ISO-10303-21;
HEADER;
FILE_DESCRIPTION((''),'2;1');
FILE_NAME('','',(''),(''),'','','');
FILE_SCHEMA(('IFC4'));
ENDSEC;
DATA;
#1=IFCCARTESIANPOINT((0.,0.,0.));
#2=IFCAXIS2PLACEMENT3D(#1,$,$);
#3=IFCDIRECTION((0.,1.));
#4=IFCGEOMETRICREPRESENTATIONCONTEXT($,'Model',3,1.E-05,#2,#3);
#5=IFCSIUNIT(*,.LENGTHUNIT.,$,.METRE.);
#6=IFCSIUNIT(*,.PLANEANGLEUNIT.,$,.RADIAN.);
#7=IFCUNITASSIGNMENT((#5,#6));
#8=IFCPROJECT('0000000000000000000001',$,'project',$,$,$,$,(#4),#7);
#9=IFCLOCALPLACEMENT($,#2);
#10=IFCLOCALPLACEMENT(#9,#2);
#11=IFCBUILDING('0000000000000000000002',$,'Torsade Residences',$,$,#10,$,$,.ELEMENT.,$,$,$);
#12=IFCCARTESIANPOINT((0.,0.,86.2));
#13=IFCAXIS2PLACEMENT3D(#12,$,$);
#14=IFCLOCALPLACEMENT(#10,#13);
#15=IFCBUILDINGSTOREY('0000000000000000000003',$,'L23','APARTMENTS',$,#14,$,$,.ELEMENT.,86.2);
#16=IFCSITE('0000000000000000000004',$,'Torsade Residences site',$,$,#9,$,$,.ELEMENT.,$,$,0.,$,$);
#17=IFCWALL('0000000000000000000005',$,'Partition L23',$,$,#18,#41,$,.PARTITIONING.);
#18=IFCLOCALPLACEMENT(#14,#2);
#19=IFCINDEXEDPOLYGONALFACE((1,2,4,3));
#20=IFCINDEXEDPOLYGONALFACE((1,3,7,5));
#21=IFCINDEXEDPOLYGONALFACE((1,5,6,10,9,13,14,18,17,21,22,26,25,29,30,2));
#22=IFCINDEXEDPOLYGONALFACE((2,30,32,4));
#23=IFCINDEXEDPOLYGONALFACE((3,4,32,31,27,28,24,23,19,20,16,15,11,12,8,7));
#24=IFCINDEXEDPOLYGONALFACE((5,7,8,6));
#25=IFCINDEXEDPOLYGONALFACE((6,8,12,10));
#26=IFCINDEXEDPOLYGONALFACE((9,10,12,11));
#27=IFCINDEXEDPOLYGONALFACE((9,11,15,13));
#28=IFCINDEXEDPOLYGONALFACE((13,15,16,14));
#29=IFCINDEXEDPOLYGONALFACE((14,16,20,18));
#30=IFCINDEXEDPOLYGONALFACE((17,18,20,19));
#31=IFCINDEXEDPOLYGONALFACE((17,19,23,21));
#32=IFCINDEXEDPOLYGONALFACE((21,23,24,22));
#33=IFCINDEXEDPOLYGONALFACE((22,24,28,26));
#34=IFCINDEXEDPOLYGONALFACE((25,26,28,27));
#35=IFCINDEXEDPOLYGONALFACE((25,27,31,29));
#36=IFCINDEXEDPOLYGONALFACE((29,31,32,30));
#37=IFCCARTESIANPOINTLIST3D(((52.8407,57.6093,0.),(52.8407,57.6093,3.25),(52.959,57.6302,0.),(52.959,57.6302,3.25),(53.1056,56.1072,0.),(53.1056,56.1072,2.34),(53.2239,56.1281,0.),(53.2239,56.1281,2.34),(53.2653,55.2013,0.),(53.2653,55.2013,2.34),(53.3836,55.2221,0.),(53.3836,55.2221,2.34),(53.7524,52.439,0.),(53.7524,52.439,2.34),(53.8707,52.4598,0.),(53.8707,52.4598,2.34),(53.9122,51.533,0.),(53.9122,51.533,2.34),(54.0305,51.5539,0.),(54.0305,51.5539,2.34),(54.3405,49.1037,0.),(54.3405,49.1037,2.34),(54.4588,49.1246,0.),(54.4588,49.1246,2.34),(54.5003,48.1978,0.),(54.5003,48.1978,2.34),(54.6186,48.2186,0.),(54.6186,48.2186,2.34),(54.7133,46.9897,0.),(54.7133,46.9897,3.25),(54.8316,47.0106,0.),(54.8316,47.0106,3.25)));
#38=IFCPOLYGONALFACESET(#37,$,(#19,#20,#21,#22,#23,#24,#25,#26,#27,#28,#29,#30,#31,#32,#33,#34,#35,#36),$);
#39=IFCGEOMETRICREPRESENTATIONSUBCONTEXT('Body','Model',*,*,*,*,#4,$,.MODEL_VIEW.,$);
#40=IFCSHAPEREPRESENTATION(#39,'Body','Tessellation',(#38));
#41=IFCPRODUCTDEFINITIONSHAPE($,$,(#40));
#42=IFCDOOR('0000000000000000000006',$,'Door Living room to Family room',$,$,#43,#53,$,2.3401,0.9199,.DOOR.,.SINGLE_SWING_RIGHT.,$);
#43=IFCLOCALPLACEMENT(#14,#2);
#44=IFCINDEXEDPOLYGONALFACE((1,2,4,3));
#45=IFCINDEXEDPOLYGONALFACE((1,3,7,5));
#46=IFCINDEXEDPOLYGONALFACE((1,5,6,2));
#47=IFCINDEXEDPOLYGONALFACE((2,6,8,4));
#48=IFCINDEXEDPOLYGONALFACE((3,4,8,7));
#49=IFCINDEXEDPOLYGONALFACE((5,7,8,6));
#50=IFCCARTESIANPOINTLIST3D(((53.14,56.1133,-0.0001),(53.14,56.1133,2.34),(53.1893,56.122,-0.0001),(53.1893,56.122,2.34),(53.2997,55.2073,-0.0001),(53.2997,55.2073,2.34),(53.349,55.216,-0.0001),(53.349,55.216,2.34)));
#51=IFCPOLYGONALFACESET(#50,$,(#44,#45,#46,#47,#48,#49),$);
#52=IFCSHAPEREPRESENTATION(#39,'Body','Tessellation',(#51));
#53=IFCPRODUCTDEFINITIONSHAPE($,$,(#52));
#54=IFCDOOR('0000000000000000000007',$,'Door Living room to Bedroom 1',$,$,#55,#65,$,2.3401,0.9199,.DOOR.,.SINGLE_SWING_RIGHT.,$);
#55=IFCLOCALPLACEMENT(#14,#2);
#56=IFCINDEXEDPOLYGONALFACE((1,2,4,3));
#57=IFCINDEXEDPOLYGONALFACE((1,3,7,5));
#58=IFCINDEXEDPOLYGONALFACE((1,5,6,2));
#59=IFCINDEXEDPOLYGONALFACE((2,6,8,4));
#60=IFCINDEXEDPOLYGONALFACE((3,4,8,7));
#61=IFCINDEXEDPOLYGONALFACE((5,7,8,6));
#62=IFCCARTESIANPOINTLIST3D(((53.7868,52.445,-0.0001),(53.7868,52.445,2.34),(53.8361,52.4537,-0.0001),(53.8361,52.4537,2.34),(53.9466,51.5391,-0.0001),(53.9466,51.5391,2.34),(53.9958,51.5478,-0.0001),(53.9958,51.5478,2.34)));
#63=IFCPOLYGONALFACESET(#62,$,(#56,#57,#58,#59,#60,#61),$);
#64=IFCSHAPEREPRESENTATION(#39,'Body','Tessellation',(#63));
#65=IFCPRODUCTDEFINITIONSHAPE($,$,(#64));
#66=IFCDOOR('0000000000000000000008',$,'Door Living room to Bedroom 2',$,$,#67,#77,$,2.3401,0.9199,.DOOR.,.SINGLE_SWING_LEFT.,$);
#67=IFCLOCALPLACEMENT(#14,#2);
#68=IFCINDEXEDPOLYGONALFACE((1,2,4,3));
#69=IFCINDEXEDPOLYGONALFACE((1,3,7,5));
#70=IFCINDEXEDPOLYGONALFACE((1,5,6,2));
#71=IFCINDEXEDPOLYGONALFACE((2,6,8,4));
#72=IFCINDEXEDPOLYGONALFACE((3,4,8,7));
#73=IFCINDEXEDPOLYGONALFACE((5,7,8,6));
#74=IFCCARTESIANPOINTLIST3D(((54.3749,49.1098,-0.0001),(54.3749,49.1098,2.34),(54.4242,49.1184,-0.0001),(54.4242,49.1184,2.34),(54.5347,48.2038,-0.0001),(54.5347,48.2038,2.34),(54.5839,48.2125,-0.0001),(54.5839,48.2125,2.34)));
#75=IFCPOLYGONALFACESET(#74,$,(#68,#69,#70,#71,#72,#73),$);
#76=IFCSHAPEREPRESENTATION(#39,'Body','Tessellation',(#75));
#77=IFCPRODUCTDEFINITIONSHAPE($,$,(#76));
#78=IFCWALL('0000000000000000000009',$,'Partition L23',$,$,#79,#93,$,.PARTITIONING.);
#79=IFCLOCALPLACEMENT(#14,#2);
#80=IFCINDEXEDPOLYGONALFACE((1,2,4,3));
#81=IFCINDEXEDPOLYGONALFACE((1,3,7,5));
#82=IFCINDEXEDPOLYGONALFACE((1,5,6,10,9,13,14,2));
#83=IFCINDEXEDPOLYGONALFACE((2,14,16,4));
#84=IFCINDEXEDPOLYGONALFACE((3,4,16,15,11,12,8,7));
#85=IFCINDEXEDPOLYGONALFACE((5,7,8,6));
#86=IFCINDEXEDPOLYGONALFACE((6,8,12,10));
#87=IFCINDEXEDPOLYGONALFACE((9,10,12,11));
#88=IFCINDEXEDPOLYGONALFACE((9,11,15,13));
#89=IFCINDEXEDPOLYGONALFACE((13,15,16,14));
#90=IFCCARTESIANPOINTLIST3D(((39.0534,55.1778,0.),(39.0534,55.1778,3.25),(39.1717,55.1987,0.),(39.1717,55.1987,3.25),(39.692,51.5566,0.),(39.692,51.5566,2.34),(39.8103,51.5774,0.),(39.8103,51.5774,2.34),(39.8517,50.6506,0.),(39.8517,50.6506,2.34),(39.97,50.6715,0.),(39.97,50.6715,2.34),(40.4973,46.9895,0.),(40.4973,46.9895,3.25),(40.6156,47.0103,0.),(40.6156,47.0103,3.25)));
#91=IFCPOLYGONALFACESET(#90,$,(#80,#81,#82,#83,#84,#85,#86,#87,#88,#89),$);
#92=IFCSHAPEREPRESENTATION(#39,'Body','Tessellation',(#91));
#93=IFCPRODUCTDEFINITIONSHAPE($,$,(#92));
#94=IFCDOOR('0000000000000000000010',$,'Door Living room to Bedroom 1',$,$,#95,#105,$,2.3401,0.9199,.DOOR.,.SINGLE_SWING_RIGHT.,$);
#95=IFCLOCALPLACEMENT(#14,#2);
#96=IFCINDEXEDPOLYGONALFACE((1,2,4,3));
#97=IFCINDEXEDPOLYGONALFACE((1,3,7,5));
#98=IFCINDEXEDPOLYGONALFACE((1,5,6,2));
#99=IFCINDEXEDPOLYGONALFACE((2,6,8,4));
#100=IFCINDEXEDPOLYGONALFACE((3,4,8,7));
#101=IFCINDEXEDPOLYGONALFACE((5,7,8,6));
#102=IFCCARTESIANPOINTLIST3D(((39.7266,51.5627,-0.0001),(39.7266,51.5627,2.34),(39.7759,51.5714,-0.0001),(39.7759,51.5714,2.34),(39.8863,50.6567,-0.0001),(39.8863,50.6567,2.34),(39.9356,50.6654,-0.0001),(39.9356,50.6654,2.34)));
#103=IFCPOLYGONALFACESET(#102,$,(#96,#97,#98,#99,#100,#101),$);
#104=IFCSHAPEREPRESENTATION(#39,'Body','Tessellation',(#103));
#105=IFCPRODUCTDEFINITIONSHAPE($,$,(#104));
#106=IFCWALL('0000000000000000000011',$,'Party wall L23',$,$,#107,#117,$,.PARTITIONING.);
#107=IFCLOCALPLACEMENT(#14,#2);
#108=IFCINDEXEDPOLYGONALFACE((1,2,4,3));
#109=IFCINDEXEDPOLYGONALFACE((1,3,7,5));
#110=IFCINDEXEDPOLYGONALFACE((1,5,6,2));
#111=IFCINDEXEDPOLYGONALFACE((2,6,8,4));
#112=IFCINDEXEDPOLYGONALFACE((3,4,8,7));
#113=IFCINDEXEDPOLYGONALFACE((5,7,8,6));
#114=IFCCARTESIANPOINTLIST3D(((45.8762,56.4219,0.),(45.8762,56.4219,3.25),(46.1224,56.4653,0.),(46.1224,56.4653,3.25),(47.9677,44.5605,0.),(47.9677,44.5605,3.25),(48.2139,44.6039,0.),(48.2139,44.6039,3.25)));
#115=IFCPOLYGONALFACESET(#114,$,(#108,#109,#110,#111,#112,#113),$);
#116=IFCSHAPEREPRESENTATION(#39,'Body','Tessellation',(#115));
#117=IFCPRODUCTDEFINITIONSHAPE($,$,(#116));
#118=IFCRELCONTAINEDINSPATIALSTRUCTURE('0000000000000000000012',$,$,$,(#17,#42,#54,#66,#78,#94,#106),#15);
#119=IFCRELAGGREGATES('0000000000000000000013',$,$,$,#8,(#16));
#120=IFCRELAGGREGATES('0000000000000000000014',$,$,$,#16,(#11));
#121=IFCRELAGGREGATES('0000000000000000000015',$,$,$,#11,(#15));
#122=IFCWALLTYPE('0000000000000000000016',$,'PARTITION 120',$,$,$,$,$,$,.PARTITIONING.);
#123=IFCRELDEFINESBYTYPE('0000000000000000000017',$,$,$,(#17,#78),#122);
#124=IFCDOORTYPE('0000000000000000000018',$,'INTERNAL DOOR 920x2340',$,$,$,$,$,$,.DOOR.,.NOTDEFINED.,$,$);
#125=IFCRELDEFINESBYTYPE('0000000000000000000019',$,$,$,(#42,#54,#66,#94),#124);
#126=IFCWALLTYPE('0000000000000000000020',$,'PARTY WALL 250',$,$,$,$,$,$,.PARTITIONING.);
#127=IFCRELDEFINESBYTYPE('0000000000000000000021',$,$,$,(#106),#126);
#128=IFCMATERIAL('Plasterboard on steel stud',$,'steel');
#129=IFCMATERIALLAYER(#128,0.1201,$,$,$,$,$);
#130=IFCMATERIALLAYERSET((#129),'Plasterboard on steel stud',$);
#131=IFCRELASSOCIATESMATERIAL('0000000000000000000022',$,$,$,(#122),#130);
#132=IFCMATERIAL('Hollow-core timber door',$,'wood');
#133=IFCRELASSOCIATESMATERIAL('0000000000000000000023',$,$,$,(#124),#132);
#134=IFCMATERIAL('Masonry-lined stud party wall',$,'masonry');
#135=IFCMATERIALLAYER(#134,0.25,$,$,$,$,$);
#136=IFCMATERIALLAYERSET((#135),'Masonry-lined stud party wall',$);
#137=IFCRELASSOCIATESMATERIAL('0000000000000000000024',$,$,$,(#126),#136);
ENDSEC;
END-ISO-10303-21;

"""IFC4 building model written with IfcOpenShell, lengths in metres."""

from ifc_helpers import new_model, si_unit, direction, frame, frame_2d, origin, place, context, subcontext, project, spatial, rectangle, extrude, material, layer, layer_set, type_object, element, fill, save


model = new_model("IFC4")

# Units and contexts
model_context = context("Model", 3, precision=1e-05, world=origin(), true_north=direction((0.0, 1.0)))
body_context = subcontext(model_context, "Body", "Model", "MODEL_VIEW")
ifc_project = project(units=[si_unit("LENGTHUNIT", "METRE"), si_unit("PLANEANGLEUNIT", "RADIAN")], contexts=[model_context])

# Site, building, storey
site_placement = place(None, origin())
site = spatial("IfcSite", under=ifc_project, at=site_placement, Name="Torsade Residences site", CompositionType="ELEMENT", RefElevation=0.0)
building_placement = place(site_placement, origin())
building = spatial("IfcBuilding", under=site, at=building_placement, Name="Torsade Residences", CompositionType="ELEMENT")
storey_placement = place(building_placement, frame((0.0, 0.0, 86.2)))
storey = spatial("IfcBuildingStorey", under=building, at=storey_placement, Name="L23", Description="APARTMENTS", CompositionType="ELEMENT", Elevation=86.2)

# Shared definitions
ifc_material_1 = material(Name="Plasterboard on steel stud", Category="steel")
ifc_layer_1 = layer(ifc_material_1, 0.1201)
ifc_layer_set_1 = layer_set([ifc_layer_1], Name="Plasterboard on steel stud")
wall_type_1 = type_object("IfcWallType", Name="PARTITION 120", PredefinedType="PARTITIONING", material=ifc_layer_set_1)
ifc_material_2 = material(Name="Hollow-core timber door", Category="wood")
door_type_1 = type_object("IfcDoorType", Name="INTERNAL DOOR 920x2340", OperationType="NOTDEFINED", PredefinedType="DOOR", material=ifc_material_2)

# Wall, openings, doors
wall_1_placement = place(storey_placement, frame((52.8999, 57.6196, 0.0), z_axis=(0.0, 0.0, 1.0), x_axis=(0.173651, -0.984807, 0.0)))
wall_1 = element("IfcWall", 1, at=wall_1_placement, inside=storey, type_object=wall_type_1, Name="Partition L23", PredefinedType="PARTITIONING", context=body_context, shape_type="SweptSolid", body=[
    extrude(rectangle(XDim=10.7834, YDim=0.1201, at=frame_2d((5.3916, 0.0))), origin(), (0.0, 0.0, 1.0), 3.25),
])
opening_1_placement = place(wall_1_placement, frame((1.5251, 0.0, 0.0)))
opening_1 = element("IfcOpeningElement", 2, at=opening_1_placement, cuts=wall_1, PredefinedType="OPENING", context=body_context, shape_type="SweptSolid", body=[
    extrude(rectangle(XDim=0.9199, YDim=2.3401, at=frame_2d((0.46, 1.1699))), frame((0.0, 0.0701, 0.0), z_axis=(0.0, -1.0, 0.0), x_axis=(1.0, 0.0, 0.0)), (0.0, 0.0, 1.0), 0.1401),
])
opening_2_placement = place(wall_1_placement, frame((5.25, 0.0, 0.0)))
opening_2 = element("IfcOpeningElement", 3, at=opening_2_placement, cuts=wall_1, PredefinedType="OPENING", context=body_context, shape_type="SweptSolid", body=[
    extrude(rectangle(XDim=0.9199, YDim=2.3401, at=frame_2d((0.46, 1.1699))), frame((0.0, 0.0701, 0.0), z_axis=(0.0, -1.0, 0.0), x_axis=(1.0, 0.0, 0.0)), (0.0, 0.0, 1.0), 0.1401),
])
opening_3_placement = place(wall_1_placement, frame((8.6367, 0.0, 0.0)))
opening_3 = element("IfcOpeningElement", 4, at=opening_3_placement, cuts=wall_1, PredefinedType="OPENING", context=body_context, shape_type="SweptSolid", body=[
    extrude(rectangle(XDim=0.9199, YDim=2.3401, at=frame_2d((0.46, 1.1699))), frame((0.0, 0.0701, 0.0), z_axis=(0.0, -1.0, 0.0), x_axis=(1.0, 0.0, 0.0)), (0.0, 0.0, 1.0), 0.1401),
])
door_1_placement = place(opening_1_placement, origin())
door_1 = element("IfcDoor", 5, at=door_1_placement, inside=storey, type_object=door_type_1, Name="Door Living room to Family room", OperationType="SINGLE_SWING_RIGHT", OverallHeight=2.3401, OverallWidth=0.9199, PredefinedType="DOOR", context=body_context, shape_type="SweptSolid", body=[
    extrude(rectangle(XDim=0.9199, YDim=2.3401, at=frame_2d((0.46, 1.1699))), frame((0.0, 0.0249, 0.0), z_axis=(0.0, -1.0, 0.0), x_axis=(1.0, 0.0, 0.0)), (0.0, 0.0, 1.0), 0.05),
])
fill(opening_1, door_1)
door_2_placement = place(opening_2_placement, origin())
door_2 = element("IfcDoor", 6, at=door_2_placement, inside=storey, type_object=door_type_1, Name="Door Living room to Bedroom 1", OperationType="SINGLE_SWING_RIGHT", OverallHeight=2.3401, OverallWidth=0.9199, PredefinedType="DOOR", context=body_context, shape_type="SweptSolid", body=[
    extrude(rectangle(XDim=0.9199, YDim=2.3401, at=frame_2d((0.46, 1.1699))), frame((0.0, 0.0249, 0.0), z_axis=(0.0, -1.0, 0.0), x_axis=(1.0, 0.0, 0.0)), (0.0, 0.0, 1.0), 0.05),
])
fill(opening_2, door_2)
door_3_placement = place(opening_3_placement, origin())
door_3 = element("IfcDoor", 7, at=door_3_placement, inside=storey, type_object=door_type_1, Name="Door Living room to Bedroom 2", OperationType="SINGLE_SWING_LEFT", OverallHeight=2.3401, OverallWidth=0.9199, PredefinedType="DOOR", context=body_context, shape_type="SweptSolid", body=[
    extrude(rectangle(XDim=0.9199, YDim=2.3401, at=frame_2d((0.46, 1.1699))), frame((0.0, 0.0249, 0.0), z_axis=(0.0, -1.0, 0.0), x_axis=(1.0, 0.0, 0.0)), (0.0, 0.0, 1.0), 0.05),
])
fill(opening_3, door_3)

# Wall, opening, door
wall_2_placement = place(storey_placement, frame((40.5564, 47.0, 0.0), z_axis=(0.0, 0.0, 1.0), x_axis=(-0.173648, 0.984808, 0.0)))
wall_2 = element("IfcWall", 8, at=wall_2_placement, inside=storey, type_object=wall_type_1, Name="Partition L23", PredefinedType="PARTITIONING", context=body_context, shape_type="SweptSolid", body=[
    extrude(rectangle(XDim=8.3147, YDim=0.1201, at=frame_2d((4.1572, 0.0))), origin(), (0.0, 0.0, 1.0), 3.25),
])
opening_4_placement = place(wall_2_placement, frame((3.7175, 0.0, 0.0)))
opening_4 = element("IfcOpeningElement", 9, at=opening_4_placement, cuts=wall_2, PredefinedType="OPENING", context=body_context, shape_type="SweptSolid", body=[
    extrude(rectangle(XDim=0.9199, YDim=2.3401, at=frame_2d((0.46, 1.1699))), frame((0.0, 0.0701, 0.0), z_axis=(0.0, -1.0, 0.0), x_axis=(1.0, 0.0, 0.0)), (0.0, 0.0, 1.0), 0.1401),
])
door_4_placement = place(opening_4_placement, origin())
door_4 = element("IfcDoor", 10, at=door_4_placement, inside=storey, type_object=door_type_1, Name="Door Living room to Bedroom 1", OperationType="SINGLE_SWING_RIGHT", OverallHeight=2.3401, OverallWidth=0.9199, PredefinedType="DOOR", context=body_context, shape_type="SweptSolid", body=[
    extrude(rectangle(XDim=0.9199, YDim=2.3401, at=frame_2d((0.46, 1.1699))), frame((0.0, 0.0249, 0.0), z_axis=(0.0, -1.0, 0.0), x_axis=(1.0, 0.0, 0.0)), (0.0, 0.0, 1.0), 0.05),
])
fill(opening_4, door_4)

# Wall
ifc_material_3 = material(Name="Masonry-lined stud party wall", Category="masonry")
ifc_layer_2 = layer(ifc_material_3, 0.25)
ifc_layer_set_2 = layer_set([ifc_layer_2], Name="Masonry-lined stud party wall")
wall_type_2 = type_object("IfcWallType", Name="PARTY WALL 250", PredefinedType="PARTITIONING", material=ifc_layer_set_2)
wall_3_placement = place(storey_placement, frame((45.9993, 56.4436, 0.0), z_axis=(0.0, 0.0, 1.0), x_axis=(0.173655, -0.984807, 0.0)))
element("IfcWall", 11, at=wall_3_placement, inside=storey, type_object=wall_type_2, Name="Party wall L23", PredefinedType="PARTITIONING", context=body_context, shape_type="SweptSolid", body=[
    extrude(rectangle(XDim=12.0444, YDim=0.25, at=frame_2d((6.0222, 0.0))), origin(), (0.0, 0.0, 1.0), 3.25),
])

save(model, "model.ifc")
